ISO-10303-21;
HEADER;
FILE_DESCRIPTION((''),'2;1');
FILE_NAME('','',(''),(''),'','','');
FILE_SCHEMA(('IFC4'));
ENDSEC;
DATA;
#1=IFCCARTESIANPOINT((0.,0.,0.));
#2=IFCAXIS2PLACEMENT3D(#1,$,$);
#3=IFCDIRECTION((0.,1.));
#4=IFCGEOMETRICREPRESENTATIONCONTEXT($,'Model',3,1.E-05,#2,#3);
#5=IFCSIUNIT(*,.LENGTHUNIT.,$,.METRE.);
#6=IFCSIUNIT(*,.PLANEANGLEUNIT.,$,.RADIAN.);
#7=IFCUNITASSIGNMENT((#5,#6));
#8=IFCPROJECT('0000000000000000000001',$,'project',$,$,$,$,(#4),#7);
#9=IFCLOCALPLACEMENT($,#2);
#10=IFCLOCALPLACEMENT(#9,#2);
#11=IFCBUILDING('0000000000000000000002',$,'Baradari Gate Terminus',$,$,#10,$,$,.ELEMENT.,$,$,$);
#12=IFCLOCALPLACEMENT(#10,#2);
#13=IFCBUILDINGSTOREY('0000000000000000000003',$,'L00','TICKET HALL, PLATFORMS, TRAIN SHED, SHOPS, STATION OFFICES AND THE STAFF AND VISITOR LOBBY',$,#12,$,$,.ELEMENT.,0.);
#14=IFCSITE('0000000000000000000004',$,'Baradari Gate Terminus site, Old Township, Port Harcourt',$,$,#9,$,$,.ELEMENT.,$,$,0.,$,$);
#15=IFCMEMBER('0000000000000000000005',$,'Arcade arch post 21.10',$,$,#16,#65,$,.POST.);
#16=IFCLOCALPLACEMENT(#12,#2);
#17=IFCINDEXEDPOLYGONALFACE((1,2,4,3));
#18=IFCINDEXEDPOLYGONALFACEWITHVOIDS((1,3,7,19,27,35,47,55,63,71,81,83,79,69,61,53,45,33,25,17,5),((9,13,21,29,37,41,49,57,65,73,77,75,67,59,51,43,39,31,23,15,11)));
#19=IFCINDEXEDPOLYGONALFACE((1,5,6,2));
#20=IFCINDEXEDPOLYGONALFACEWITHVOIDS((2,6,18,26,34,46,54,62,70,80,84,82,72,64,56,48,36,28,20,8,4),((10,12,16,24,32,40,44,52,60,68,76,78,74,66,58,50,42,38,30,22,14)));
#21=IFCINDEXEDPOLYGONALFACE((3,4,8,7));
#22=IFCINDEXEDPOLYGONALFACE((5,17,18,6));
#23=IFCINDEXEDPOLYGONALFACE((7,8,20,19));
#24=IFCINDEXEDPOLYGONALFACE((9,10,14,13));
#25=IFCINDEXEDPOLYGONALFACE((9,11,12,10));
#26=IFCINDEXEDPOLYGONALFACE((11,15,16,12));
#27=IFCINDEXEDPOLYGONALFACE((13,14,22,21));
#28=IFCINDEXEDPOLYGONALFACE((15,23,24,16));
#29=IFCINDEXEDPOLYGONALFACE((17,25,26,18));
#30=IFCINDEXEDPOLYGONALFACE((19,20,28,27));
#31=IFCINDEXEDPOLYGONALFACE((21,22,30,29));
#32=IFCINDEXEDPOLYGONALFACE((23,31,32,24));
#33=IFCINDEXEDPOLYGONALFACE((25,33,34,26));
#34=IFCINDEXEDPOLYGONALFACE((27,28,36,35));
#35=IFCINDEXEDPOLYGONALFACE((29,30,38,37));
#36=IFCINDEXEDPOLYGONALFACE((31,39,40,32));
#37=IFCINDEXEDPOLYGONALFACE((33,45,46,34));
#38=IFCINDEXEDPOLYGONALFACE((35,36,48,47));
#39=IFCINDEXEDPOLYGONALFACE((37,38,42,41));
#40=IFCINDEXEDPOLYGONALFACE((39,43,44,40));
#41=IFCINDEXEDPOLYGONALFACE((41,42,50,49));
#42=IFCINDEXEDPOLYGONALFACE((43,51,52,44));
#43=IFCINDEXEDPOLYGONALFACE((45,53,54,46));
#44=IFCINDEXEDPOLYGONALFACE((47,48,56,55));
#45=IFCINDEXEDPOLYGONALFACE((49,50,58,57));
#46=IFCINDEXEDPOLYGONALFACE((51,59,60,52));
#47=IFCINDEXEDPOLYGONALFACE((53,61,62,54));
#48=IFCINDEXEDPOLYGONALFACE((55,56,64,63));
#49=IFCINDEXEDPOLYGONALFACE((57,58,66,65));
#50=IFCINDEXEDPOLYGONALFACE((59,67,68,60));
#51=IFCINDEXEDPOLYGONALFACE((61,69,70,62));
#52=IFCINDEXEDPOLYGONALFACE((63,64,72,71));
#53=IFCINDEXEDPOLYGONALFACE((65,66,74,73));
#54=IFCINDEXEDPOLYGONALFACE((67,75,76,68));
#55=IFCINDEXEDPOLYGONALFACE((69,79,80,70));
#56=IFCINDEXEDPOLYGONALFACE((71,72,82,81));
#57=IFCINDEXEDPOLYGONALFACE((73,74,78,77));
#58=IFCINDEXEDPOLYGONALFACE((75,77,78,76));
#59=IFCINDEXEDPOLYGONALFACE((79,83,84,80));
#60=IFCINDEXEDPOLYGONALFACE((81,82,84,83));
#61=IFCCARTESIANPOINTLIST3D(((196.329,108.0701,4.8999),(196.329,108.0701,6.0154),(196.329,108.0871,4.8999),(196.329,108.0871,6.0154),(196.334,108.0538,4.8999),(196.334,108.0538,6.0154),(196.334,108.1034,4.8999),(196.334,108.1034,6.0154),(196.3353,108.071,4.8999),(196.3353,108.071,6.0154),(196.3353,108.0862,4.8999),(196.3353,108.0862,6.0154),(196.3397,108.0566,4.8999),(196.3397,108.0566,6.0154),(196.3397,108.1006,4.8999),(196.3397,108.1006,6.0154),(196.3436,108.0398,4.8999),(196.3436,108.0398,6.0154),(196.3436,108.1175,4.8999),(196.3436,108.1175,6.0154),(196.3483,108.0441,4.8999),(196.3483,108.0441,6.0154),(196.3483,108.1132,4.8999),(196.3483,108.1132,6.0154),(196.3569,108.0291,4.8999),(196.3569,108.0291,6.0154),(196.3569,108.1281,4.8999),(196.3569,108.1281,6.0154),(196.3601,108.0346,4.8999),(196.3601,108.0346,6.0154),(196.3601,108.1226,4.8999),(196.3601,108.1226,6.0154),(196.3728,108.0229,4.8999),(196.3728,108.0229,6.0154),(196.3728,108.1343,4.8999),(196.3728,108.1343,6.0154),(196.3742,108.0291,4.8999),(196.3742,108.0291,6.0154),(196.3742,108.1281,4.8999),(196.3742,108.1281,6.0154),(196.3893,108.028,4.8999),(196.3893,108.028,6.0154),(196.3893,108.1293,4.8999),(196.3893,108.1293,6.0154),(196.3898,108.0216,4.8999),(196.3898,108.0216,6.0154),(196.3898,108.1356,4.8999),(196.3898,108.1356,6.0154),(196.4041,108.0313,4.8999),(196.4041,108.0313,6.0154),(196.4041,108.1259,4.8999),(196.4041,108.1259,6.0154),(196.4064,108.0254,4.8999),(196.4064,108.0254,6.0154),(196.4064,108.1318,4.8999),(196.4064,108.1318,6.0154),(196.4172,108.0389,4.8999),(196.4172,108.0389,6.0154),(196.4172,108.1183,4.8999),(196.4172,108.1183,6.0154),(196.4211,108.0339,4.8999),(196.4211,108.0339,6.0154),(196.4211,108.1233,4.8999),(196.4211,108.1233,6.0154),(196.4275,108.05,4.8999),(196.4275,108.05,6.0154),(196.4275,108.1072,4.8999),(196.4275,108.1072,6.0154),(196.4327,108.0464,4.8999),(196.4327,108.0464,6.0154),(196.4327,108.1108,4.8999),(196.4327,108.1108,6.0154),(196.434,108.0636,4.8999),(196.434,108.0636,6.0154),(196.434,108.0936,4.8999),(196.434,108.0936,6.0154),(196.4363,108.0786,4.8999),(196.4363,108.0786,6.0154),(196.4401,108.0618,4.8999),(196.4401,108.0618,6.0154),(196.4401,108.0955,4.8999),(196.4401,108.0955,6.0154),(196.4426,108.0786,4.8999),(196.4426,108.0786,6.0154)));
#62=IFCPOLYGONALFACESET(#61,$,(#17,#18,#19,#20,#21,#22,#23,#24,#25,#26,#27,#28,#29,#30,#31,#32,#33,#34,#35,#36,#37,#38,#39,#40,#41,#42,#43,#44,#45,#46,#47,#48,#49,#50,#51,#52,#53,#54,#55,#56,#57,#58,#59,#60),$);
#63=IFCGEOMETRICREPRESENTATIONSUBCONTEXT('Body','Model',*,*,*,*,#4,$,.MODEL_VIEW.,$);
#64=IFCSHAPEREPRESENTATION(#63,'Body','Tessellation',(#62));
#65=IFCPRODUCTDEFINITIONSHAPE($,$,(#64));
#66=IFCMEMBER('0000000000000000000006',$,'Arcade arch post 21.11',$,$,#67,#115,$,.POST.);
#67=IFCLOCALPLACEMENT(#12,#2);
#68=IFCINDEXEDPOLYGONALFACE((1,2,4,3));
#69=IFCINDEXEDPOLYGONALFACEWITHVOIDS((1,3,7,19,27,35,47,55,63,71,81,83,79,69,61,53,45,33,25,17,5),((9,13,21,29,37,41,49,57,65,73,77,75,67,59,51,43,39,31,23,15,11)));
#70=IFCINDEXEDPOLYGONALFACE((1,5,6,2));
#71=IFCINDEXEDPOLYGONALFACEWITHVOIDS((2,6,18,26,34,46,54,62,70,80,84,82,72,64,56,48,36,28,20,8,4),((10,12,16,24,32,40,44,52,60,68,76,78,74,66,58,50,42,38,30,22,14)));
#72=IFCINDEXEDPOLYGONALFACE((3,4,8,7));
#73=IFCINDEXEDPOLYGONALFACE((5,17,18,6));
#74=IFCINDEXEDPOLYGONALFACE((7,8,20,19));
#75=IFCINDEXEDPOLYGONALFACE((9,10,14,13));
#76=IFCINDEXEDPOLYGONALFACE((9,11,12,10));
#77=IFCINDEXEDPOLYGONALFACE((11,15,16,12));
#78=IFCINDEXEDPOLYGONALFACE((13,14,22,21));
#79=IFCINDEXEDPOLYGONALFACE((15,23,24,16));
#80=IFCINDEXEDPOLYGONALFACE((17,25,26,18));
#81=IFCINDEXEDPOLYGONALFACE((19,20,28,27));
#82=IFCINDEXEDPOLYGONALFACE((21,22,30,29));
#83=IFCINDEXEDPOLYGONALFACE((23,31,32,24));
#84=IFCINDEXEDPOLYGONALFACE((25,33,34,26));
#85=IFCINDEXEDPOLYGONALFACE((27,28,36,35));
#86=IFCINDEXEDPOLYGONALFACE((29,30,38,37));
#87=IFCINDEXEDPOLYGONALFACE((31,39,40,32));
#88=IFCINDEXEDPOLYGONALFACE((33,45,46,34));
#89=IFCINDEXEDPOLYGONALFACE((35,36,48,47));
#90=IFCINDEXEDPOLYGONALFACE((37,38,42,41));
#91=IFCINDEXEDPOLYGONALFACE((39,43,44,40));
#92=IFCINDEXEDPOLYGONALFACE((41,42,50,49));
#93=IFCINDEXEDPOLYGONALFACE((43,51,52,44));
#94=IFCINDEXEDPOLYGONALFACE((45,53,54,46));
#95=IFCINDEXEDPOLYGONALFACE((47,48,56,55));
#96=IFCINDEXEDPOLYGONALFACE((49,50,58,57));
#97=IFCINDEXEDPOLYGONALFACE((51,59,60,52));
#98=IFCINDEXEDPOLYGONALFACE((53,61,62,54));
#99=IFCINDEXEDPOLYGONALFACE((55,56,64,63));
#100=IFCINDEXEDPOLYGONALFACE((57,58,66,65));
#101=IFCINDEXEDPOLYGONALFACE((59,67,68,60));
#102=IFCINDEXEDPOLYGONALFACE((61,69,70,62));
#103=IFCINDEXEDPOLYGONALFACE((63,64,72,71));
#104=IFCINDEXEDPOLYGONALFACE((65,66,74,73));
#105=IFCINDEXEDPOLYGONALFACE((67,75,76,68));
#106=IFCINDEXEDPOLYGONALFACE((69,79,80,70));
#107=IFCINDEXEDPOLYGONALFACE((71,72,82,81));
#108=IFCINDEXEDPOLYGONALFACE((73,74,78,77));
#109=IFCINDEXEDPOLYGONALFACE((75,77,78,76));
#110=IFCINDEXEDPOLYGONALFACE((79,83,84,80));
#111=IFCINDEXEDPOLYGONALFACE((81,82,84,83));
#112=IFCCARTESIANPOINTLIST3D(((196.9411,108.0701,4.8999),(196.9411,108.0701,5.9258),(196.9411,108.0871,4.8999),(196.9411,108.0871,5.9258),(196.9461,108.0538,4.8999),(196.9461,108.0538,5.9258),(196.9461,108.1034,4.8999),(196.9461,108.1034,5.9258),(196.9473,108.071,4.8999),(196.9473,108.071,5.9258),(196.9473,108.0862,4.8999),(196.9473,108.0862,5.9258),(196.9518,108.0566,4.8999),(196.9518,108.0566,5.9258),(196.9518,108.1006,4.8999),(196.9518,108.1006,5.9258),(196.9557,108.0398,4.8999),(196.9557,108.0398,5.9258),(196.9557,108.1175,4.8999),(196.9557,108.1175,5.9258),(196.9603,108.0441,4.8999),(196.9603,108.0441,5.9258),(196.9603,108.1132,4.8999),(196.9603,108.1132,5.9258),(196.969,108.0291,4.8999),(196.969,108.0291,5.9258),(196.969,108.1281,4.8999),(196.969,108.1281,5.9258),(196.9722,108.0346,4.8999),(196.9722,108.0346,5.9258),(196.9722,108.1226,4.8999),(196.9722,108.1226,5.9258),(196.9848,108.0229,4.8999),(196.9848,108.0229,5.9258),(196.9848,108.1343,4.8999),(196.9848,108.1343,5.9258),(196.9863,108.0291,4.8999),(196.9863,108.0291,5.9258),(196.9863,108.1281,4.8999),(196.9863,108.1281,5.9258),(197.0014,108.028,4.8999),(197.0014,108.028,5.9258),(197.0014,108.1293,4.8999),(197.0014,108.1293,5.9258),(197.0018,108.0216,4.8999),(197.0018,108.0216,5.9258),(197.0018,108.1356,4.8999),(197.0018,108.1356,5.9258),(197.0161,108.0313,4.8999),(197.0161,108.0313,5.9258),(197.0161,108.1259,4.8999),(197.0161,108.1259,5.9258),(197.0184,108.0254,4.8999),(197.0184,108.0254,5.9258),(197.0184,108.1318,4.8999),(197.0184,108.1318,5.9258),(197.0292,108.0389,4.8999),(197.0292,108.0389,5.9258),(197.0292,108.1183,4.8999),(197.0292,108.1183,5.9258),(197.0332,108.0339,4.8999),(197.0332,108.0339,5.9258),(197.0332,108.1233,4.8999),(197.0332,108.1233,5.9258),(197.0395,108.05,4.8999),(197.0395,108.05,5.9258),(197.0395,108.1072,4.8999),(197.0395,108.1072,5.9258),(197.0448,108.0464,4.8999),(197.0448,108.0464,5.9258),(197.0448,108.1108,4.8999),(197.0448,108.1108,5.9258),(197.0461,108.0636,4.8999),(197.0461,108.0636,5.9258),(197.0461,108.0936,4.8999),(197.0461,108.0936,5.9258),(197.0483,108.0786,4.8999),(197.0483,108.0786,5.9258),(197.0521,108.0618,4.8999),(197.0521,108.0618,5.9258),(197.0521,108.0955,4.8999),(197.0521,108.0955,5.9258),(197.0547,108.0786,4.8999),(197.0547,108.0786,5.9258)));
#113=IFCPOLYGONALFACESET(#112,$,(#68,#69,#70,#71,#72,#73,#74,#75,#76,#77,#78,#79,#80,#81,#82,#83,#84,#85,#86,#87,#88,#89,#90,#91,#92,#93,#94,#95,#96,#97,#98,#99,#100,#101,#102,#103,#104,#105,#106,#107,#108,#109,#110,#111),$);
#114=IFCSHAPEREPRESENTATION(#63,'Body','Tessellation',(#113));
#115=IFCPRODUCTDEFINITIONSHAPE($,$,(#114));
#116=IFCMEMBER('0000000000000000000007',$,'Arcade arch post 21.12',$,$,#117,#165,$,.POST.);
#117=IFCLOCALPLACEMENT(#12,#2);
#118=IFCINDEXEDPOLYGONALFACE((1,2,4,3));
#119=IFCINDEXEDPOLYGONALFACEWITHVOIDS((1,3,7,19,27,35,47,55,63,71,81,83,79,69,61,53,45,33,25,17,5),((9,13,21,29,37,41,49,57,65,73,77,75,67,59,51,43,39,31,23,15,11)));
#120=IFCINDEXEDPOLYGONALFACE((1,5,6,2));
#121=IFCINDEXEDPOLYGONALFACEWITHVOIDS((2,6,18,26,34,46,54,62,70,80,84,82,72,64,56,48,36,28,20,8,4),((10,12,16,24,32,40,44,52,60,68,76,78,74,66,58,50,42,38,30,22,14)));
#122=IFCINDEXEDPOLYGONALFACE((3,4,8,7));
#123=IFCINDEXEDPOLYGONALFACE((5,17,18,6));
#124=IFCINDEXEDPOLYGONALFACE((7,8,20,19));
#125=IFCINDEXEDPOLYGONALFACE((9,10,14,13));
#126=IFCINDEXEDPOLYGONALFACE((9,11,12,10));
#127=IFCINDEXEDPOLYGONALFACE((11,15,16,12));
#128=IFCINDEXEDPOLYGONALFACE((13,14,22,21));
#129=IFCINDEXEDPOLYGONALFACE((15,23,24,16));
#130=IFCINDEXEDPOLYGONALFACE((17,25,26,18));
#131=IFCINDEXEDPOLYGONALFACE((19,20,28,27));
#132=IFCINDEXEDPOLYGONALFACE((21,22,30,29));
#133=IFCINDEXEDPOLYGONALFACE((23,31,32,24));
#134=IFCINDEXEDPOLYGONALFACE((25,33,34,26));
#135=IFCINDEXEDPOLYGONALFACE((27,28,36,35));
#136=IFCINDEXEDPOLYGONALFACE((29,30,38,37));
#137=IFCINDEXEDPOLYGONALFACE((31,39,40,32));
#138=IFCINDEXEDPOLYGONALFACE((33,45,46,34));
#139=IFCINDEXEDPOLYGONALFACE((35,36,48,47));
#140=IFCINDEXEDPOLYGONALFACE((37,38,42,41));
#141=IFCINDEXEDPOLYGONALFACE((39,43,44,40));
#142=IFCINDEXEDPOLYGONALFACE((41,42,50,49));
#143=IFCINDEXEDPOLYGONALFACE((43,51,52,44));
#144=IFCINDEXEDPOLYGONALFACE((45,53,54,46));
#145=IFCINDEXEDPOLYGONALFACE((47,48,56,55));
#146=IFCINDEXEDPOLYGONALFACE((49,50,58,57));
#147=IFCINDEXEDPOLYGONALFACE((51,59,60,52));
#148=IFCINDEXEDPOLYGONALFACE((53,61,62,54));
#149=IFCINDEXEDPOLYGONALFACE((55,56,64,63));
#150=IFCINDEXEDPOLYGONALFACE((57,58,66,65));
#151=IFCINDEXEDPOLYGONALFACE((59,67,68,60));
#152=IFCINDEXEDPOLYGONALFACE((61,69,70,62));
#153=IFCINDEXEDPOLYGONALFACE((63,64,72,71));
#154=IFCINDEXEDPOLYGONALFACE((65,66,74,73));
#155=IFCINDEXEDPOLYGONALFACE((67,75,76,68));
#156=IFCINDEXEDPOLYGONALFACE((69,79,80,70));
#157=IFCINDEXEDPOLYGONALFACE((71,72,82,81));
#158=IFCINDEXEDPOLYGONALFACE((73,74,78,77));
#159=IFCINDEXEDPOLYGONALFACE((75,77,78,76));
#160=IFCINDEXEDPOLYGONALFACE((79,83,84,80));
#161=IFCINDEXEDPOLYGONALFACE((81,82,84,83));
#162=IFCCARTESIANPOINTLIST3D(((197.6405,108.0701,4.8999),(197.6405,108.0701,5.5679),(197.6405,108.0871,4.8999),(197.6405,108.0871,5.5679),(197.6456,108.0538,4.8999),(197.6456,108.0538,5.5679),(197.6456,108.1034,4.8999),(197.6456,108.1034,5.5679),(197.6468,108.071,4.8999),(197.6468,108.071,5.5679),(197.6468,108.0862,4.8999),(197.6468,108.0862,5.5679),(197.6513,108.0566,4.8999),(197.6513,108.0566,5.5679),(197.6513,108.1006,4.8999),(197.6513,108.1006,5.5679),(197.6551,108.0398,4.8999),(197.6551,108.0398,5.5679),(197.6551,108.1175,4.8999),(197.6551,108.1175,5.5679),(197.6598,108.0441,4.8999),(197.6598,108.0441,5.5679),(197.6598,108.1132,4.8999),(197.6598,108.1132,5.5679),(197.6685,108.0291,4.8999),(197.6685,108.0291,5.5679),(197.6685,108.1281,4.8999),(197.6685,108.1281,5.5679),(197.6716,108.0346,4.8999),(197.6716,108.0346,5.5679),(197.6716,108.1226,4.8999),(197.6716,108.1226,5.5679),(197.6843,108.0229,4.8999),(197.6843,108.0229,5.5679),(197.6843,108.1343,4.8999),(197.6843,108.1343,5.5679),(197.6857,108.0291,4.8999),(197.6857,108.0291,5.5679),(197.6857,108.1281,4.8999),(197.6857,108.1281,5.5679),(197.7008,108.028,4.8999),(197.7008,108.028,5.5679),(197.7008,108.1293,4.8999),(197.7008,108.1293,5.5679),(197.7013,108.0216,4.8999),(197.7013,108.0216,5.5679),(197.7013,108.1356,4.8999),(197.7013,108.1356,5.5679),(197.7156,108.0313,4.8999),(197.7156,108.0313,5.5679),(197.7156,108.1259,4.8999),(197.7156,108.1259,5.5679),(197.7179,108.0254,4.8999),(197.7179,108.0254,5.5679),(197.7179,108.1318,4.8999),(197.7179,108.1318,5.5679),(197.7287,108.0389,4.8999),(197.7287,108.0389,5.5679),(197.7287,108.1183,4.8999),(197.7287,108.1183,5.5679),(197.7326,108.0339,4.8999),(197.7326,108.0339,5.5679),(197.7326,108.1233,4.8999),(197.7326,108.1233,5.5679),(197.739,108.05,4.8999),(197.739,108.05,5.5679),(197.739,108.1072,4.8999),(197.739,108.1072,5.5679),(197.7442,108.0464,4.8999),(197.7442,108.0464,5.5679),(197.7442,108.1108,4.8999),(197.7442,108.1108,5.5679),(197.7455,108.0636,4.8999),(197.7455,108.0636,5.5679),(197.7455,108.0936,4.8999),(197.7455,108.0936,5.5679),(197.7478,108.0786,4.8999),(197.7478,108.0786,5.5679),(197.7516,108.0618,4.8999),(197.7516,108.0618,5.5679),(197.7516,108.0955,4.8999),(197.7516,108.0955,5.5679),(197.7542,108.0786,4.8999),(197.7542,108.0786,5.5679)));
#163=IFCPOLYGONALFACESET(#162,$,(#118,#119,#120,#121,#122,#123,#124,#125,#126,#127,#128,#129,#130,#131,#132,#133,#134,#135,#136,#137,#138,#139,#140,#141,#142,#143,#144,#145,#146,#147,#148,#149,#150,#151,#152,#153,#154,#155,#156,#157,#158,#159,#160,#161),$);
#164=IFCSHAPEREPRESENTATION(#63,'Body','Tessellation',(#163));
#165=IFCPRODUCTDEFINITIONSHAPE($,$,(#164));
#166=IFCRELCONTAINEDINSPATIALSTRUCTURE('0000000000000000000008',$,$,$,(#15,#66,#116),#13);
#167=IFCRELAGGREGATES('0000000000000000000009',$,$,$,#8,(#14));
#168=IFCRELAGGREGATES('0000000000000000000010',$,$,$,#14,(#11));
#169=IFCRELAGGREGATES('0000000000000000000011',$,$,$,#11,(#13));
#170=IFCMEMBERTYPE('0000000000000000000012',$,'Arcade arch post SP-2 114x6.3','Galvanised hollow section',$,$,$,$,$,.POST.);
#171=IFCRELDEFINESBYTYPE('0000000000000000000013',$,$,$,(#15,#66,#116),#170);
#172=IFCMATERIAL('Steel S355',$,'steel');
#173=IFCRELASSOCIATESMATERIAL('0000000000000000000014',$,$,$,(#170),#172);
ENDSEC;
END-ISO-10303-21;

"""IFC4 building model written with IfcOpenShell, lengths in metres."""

from ifc_helpers import new_model, si_unit, direction, frame, origin, origin_2d, place, context, subcontext, project, spatial, hollow_circle, extrude, material, material_profile, profile_set, type_object, element, save


model = new_model("IFC4")

# Units and contexts
model_context = context("Model", 3, precision=1e-05, world=origin(), true_north=direction((0.0, 1.0)))
body_context = subcontext(model_context, "Body", "Model", "MODEL_VIEW")
ifc_project = project(units=[si_unit("LENGTHUNIT", "METRE"), si_unit("PLANEANGLEUNIT", "RADIAN")], contexts=[model_context])

# Site, building, storey
site_placement = place(None, origin())
site = spatial("IfcSite", under=ifc_project, at=site_placement, Name="Baradari Gate Terminus site, Old Township, Port Harcourt", CompositionType="ELEMENT", RefElevation=0.0)
building_placement = place(site_placement, origin())
building = spatial("IfcBuilding", under=site, at=building_placement, Name="Baradari Gate Terminus", CompositionType="ELEMENT")
storey_placement = place(building_placement, origin())
storey = spatial("IfcBuildingStorey", under=building, at=storey_placement, Name="L00", Description="TICKET HALL, PLATFORMS, TRAIN SHED, SHOPS, STATION OFFICES AND THE STAFF AND VISITOR LOBBY", CompositionType="ELEMENT", Elevation=0.0)

# Members
ifc_material_1 = material(Name="Steel S355", Category="steel")
ifc_material_profile_1 = material_profile(ifc_material_1, hollow_circle(Radius=0.0571, WallThickness=0.0063, at=origin_2d()), Name="CHS 114.3x6.3")
ifc_profile_set_1 = profile_set([ifc_material_profile_1], Name="Steel S355")
member_type_1 = type_object("IfcMemberType", Name="Arcade arch post SP-2 114x6.3", Description="Galvanised hollow section", PredefinedType="POST", material=ifc_profile_set_1)
member_1_placement = place(storey_placement, frame((196.3855, 108.0786, 4.8999), z_axis=(0.0, 0.0, 1.0), x_axis=(1.0, 0.0, 0.0)))
element("IfcMember", 1, at=member_1_placement, inside=storey, type_object=member_type_1, Name="Arcade arch post 21.10", PredefinedType="POST", context=body_context, shape_type="SweptSolid", body=[
    extrude(hollow_circle(Radius=0.0571, WallThickness=0.0063, at=origin_2d()), origin(), (0.0, 0.0, 1.0), 1.1155),
])
member_2_placement = place(storey_placement, frame((196.9976, 108.0786, 4.8999), z_axis=(0.0, 0.0, 1.0), x_axis=(1.0, 0.0, 0.0)))
element("IfcMember", 2, at=member_2_placement, inside=storey, type_object=member_type_1, Name="Arcade arch post 21.11", PredefinedType="POST", context=body_context, shape_type="SweptSolid", body=[
    extrude(hollow_circle(Radius=0.0571, WallThickness=0.0063, at=origin_2d()), origin(), (0.0, 0.0, 1.0), 1.0259),
])
for number, where, z_axis, x_axis, name in (
    (3, (197.697, 108.0786, 4.8999), (0.0, 0.0, 1.0), (1.0, 0.0, 0.0), "Arcade arch post 21.12"),
):
    element("IfcMember", number, at=place(storey_placement, frame(where, z_axis=z_axis, x_axis=x_axis)), inside=storey, type_object=member_type_1, Name=name, PredefinedType="POST", context=body_context, shape_type="SweptSolid", body=[
        extrude(hollow_circle(Radius=0.0571, WallThickness=0.0063, at=origin_2d()), origin(), (0.0, 0.0, 1.0), 0.668),
    ])

save(model, "model.ifc")
